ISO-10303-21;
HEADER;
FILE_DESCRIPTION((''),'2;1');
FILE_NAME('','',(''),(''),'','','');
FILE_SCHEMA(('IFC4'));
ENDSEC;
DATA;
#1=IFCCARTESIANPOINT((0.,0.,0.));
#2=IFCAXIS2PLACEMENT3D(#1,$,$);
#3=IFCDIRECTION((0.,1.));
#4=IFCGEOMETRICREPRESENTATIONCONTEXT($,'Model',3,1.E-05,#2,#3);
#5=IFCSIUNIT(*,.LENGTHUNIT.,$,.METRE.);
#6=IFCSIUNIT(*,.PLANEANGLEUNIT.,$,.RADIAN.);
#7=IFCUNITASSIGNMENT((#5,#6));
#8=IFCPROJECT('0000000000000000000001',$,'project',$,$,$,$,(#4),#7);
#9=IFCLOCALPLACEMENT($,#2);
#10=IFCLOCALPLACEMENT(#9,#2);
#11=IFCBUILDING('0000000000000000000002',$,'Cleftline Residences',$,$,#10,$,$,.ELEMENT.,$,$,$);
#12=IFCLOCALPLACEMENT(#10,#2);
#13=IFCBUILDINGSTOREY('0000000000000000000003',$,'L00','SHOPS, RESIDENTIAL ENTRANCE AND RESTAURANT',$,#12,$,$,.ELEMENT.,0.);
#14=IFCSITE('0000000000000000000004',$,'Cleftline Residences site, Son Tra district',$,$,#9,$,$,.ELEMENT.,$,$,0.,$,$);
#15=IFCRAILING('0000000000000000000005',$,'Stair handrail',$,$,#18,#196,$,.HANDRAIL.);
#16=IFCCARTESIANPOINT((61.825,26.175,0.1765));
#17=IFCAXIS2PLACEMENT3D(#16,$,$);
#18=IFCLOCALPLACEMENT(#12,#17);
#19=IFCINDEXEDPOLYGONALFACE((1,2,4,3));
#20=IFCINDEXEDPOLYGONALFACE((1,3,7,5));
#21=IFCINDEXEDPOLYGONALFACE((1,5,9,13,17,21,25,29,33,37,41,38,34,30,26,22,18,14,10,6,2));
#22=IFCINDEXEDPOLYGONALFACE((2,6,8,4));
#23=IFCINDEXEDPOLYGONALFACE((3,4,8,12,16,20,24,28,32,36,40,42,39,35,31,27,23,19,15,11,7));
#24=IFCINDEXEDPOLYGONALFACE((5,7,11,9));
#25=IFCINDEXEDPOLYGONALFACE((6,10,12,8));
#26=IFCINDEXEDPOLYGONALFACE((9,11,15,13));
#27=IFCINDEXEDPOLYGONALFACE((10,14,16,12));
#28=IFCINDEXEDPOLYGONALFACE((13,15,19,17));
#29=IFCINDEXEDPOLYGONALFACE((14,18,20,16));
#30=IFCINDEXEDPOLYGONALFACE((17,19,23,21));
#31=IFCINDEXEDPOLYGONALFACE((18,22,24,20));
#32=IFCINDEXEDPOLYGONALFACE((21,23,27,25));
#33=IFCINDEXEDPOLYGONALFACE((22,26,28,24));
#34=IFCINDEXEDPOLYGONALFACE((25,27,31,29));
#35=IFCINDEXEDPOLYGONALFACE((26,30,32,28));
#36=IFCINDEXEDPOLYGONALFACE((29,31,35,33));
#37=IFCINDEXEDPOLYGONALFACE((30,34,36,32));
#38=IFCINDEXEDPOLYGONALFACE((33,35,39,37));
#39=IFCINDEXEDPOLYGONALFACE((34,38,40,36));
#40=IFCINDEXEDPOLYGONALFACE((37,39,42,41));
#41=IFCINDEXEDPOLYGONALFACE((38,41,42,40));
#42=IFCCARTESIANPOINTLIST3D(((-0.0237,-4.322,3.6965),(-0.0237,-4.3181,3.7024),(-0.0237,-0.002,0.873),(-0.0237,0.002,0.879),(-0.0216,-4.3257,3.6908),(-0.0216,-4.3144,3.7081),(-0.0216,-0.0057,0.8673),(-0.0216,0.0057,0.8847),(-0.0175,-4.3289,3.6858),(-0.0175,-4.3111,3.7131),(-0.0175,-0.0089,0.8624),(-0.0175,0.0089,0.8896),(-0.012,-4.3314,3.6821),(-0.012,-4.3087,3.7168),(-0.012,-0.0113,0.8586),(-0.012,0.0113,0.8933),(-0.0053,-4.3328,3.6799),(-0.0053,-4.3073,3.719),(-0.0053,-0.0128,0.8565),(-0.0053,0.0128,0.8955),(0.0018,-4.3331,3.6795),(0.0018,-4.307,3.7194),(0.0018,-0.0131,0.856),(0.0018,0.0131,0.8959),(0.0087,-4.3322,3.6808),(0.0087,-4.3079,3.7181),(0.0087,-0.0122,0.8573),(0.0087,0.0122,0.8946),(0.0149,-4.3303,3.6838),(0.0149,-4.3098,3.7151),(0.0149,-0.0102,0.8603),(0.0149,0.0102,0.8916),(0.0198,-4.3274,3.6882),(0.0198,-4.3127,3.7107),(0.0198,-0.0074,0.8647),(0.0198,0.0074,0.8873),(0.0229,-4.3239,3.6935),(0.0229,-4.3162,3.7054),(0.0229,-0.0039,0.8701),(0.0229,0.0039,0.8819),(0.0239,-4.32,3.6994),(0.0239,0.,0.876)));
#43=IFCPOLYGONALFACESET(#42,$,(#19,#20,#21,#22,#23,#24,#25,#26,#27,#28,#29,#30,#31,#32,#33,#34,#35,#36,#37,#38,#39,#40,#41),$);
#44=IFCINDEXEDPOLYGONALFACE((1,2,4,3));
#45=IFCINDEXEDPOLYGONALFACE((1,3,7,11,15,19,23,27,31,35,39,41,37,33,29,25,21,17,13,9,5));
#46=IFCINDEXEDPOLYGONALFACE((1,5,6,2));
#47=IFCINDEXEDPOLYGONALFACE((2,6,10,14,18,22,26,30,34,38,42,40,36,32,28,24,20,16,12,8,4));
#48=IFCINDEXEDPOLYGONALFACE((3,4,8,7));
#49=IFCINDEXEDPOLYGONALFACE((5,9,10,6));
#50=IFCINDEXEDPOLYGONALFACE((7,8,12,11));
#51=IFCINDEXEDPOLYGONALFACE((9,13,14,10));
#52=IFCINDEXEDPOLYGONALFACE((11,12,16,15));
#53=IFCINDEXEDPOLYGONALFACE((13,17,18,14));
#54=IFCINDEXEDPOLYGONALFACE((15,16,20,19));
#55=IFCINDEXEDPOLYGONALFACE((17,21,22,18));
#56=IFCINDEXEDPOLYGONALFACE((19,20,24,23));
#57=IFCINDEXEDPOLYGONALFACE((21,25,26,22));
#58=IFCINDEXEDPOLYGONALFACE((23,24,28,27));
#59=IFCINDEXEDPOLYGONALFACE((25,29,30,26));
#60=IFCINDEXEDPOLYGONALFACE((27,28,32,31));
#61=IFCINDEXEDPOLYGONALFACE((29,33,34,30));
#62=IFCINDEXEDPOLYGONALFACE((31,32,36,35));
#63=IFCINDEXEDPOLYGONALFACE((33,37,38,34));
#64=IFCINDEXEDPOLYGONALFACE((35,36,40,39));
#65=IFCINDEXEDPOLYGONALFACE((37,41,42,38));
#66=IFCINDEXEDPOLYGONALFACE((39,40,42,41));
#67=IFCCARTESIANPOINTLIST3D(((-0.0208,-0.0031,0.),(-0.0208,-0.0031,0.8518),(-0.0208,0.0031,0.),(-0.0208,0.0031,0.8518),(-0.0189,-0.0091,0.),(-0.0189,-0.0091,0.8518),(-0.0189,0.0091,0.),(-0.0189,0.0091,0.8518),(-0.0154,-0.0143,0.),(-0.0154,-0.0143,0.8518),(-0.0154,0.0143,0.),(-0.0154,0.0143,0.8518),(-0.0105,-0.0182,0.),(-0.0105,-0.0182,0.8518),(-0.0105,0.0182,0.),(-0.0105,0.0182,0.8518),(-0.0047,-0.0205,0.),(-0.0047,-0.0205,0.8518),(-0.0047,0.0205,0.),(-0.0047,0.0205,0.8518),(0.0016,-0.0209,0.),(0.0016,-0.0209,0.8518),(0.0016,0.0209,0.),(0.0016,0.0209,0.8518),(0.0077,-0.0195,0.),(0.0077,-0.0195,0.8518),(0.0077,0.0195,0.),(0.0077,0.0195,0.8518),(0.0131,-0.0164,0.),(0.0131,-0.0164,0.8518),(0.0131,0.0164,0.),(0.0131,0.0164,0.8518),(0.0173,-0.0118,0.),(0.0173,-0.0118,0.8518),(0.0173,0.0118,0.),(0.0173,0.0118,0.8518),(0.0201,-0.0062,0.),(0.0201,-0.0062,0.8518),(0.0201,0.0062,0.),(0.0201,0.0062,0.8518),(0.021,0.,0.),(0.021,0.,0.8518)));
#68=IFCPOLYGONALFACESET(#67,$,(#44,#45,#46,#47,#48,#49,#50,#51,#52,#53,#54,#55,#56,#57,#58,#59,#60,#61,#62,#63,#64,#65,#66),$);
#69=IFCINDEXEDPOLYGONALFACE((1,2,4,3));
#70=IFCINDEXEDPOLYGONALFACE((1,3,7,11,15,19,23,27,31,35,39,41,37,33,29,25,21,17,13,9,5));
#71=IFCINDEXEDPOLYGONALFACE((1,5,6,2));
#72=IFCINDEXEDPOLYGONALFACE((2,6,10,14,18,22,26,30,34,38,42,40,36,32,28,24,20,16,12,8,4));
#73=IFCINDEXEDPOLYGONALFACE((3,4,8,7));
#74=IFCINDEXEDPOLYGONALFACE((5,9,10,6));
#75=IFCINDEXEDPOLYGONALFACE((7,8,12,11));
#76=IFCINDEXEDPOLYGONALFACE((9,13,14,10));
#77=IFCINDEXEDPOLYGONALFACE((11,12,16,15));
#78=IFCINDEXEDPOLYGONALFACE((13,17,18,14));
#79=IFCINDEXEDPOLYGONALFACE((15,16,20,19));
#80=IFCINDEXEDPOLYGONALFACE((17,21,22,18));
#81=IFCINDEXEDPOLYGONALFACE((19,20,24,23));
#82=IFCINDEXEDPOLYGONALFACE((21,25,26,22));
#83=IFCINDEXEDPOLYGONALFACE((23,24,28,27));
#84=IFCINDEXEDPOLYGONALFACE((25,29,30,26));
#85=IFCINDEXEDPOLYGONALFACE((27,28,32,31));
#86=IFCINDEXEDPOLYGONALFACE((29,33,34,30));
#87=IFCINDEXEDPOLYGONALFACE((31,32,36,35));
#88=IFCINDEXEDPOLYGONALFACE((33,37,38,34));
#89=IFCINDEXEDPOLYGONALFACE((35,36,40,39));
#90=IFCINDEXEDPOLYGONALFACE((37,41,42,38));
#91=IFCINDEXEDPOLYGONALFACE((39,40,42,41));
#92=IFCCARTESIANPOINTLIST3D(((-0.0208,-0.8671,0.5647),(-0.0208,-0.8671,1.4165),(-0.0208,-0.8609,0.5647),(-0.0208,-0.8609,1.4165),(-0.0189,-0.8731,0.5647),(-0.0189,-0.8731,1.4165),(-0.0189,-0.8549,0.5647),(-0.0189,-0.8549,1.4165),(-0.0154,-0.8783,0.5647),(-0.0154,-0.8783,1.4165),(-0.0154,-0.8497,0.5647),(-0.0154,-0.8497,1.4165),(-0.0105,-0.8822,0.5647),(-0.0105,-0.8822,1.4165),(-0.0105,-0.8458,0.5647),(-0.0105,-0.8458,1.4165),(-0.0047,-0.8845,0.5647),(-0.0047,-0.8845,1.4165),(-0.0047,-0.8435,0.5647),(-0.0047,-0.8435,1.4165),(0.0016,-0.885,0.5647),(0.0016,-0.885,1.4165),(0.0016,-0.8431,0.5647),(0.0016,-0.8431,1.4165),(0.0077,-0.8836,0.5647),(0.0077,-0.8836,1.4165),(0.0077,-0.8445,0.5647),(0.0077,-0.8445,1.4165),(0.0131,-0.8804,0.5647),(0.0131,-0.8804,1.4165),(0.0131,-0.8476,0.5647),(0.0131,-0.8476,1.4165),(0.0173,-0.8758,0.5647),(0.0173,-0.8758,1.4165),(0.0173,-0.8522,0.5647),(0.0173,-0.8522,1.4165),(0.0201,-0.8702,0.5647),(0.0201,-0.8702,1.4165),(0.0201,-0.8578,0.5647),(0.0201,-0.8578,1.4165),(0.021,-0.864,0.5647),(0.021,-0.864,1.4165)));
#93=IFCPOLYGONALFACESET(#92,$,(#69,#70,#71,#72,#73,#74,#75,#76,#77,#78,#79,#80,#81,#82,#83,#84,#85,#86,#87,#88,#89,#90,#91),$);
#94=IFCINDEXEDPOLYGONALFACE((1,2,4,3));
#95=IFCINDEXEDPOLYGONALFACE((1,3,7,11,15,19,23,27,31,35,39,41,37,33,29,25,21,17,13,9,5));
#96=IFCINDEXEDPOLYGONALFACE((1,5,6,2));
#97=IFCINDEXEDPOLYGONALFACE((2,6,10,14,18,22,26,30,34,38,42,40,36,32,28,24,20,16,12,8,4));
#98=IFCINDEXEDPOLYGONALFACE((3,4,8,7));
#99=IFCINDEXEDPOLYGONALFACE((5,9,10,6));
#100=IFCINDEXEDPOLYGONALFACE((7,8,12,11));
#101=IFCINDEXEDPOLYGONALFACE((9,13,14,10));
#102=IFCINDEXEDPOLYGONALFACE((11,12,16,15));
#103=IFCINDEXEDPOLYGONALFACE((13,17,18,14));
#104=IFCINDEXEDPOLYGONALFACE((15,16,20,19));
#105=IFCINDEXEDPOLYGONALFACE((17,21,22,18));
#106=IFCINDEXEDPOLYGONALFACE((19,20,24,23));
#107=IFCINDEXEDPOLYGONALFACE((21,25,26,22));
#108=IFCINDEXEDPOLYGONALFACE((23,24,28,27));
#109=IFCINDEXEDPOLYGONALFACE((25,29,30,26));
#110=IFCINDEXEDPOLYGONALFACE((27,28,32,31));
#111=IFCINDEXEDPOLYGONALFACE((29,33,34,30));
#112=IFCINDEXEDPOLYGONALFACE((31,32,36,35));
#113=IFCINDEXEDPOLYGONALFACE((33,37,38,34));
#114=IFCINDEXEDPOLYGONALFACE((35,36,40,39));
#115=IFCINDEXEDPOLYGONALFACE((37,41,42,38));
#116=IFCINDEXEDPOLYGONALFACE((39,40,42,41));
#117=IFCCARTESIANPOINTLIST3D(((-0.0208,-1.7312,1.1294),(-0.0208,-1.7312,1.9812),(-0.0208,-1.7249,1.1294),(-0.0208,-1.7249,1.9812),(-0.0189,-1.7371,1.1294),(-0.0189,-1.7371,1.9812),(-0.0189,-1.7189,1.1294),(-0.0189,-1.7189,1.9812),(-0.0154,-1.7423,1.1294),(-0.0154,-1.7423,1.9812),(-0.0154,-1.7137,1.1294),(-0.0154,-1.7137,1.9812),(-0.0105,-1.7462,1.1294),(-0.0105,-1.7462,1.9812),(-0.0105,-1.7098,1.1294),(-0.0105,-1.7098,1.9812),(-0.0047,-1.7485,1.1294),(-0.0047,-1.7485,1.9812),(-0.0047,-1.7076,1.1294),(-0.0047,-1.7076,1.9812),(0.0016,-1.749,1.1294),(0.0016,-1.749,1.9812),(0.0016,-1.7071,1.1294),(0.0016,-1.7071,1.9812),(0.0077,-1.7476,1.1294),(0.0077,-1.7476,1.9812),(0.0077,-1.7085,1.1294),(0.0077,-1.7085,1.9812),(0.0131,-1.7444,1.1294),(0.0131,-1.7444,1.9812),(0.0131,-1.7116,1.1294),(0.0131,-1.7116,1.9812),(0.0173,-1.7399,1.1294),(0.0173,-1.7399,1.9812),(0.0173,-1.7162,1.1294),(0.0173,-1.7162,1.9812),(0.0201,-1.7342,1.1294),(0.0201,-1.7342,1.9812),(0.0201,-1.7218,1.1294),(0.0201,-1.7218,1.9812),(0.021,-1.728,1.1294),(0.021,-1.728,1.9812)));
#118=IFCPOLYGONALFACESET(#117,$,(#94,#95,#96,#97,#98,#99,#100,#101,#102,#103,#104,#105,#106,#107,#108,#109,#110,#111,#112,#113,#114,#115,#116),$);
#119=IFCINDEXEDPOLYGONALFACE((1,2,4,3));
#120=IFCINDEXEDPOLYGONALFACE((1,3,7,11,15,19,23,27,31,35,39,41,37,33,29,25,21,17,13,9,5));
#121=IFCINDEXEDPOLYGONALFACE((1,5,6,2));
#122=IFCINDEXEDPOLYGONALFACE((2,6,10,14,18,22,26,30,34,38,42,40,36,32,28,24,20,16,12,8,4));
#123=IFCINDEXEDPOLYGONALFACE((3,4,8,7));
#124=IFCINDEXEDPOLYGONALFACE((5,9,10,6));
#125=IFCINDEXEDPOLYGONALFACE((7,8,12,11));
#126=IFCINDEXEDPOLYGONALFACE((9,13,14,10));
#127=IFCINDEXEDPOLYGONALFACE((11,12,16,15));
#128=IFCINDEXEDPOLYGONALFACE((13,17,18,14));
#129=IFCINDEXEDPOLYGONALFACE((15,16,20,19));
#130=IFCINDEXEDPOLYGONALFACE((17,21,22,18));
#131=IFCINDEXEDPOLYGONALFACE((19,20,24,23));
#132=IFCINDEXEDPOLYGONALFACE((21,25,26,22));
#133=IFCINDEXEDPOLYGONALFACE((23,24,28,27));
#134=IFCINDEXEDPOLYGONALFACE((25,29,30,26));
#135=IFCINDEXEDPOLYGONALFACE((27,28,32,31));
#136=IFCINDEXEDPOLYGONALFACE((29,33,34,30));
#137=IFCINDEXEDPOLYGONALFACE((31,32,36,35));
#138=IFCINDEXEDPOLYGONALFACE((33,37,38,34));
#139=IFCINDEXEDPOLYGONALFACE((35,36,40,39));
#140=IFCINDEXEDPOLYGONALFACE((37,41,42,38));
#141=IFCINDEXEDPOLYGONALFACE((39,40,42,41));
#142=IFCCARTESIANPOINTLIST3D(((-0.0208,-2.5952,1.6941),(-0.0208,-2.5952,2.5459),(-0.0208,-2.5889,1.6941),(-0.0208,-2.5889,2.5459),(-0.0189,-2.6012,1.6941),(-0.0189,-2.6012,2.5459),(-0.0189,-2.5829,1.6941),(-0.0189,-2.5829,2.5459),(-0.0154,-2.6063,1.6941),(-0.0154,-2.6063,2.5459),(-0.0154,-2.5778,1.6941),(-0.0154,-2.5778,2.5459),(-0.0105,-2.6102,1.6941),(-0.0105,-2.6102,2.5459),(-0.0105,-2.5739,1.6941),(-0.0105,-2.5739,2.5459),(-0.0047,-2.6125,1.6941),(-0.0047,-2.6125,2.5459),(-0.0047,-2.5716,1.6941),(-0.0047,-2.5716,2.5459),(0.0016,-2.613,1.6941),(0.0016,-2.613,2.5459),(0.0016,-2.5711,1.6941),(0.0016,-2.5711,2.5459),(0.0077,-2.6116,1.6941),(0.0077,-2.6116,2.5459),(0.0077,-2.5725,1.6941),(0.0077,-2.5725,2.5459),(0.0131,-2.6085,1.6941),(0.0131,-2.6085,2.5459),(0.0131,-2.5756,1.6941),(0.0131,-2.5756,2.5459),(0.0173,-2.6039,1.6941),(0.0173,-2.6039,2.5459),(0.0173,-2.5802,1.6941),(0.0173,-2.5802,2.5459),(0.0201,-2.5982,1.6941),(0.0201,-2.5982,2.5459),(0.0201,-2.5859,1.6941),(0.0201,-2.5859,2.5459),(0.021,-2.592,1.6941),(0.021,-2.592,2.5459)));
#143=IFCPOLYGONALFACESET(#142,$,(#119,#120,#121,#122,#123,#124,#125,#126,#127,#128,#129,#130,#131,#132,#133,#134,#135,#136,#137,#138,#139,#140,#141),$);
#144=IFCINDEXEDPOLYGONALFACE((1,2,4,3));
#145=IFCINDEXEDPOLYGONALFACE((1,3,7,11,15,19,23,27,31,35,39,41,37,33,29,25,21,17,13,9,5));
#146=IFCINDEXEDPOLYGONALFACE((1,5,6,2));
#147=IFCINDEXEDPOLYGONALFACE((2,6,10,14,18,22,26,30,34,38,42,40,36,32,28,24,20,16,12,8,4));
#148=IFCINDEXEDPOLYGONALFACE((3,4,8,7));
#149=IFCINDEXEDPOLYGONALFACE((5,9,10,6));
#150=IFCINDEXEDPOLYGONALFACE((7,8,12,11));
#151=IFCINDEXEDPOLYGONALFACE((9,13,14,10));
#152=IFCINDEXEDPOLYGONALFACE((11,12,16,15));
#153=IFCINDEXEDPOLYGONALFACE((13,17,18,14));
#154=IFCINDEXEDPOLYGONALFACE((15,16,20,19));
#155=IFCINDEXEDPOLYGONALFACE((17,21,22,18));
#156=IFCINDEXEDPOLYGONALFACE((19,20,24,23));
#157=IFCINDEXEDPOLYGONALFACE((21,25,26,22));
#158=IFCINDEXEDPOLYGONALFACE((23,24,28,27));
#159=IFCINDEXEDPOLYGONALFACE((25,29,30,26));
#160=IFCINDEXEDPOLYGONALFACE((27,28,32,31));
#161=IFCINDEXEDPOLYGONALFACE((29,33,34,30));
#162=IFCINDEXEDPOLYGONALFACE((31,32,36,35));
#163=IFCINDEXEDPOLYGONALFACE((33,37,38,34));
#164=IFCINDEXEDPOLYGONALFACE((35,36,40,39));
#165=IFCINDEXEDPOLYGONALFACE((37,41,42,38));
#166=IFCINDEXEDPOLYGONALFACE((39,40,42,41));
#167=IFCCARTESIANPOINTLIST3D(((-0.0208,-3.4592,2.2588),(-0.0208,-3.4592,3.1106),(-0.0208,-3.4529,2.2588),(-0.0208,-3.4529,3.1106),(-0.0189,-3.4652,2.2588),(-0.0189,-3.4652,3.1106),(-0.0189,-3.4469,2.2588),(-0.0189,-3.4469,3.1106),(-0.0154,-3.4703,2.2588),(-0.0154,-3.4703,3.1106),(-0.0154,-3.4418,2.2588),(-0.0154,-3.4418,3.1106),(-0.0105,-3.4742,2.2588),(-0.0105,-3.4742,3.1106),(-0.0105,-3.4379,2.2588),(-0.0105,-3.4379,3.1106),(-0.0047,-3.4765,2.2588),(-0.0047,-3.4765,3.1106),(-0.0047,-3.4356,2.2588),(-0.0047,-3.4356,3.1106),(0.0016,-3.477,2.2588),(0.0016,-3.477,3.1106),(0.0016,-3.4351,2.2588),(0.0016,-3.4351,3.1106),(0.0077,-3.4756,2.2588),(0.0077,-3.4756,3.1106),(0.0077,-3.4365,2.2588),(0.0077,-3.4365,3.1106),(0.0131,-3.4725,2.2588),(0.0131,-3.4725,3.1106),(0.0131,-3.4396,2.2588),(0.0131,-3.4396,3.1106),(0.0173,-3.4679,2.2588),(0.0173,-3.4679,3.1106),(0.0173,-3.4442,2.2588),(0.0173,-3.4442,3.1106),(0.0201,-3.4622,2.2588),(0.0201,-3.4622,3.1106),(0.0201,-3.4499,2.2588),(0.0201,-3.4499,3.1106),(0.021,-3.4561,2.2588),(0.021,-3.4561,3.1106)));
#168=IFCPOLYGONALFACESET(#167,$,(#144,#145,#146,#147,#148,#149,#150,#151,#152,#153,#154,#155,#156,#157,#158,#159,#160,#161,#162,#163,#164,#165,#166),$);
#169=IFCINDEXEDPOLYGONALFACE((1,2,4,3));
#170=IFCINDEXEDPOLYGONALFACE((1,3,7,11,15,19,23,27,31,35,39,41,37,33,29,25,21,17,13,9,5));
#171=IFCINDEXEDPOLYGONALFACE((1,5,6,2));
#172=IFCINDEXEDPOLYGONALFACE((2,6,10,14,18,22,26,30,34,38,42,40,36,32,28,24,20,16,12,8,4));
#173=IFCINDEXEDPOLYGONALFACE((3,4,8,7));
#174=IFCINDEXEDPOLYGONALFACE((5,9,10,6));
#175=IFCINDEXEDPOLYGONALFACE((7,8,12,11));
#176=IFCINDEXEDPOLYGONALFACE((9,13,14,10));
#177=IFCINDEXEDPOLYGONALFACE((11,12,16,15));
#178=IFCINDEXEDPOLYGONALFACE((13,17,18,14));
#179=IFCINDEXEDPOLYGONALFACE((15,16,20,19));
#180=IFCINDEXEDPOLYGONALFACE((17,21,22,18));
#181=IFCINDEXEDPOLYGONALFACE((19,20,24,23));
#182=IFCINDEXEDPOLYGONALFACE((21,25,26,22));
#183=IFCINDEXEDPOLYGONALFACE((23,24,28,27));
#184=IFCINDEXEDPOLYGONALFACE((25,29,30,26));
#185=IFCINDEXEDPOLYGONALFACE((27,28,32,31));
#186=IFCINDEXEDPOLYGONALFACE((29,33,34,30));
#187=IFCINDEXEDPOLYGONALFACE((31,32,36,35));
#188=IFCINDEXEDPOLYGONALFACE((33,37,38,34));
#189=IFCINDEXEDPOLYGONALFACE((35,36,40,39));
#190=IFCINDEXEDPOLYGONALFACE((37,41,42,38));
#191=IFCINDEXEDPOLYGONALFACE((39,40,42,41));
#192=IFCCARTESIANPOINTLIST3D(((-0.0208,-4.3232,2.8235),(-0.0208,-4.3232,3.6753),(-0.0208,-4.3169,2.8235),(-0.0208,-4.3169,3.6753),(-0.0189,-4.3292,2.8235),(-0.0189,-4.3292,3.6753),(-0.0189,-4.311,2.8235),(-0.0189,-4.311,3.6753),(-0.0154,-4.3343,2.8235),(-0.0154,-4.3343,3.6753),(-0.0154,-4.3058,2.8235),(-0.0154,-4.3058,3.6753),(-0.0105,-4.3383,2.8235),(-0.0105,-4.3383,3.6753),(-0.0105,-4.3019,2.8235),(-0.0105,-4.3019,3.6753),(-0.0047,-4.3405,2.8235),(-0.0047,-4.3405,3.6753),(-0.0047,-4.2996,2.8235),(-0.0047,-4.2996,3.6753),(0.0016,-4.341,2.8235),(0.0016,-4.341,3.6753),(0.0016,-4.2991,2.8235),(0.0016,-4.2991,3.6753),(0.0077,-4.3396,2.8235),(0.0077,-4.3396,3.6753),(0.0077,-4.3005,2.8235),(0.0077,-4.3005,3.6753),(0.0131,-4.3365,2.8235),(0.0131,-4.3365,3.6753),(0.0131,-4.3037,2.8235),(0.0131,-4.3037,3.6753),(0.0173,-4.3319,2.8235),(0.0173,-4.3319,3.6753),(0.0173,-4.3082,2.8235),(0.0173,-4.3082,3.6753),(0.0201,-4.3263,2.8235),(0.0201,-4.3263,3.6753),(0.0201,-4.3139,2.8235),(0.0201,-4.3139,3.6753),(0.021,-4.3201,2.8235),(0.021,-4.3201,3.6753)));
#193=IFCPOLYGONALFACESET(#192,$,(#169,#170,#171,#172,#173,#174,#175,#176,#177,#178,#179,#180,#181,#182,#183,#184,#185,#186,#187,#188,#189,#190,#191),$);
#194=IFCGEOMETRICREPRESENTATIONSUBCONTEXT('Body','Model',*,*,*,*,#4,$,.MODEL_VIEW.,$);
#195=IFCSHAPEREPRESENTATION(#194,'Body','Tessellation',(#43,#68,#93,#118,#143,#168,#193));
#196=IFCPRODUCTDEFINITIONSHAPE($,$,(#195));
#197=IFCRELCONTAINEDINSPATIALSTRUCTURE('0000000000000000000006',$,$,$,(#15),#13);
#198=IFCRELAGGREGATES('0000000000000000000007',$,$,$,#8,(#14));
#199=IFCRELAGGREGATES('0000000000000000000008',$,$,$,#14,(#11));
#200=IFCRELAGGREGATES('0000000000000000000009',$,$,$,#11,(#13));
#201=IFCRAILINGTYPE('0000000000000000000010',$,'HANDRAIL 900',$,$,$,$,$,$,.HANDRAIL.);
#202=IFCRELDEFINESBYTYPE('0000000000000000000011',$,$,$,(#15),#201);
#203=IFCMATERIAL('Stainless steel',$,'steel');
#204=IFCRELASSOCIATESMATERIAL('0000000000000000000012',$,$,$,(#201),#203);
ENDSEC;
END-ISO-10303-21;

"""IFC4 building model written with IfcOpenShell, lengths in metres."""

from ifc_helpers import new_model, si_unit, direction, frame, origin, origin_2d, place, context, subcontext, project, spatial, circle, extrude, material, type_object, element, save


model = new_model("IFC4")

# Units and contexts
model_context = context("Model", 3, precision=1e-05, world=origin(), true_north=direction((0.0, 1.0)))
body_context = subcontext(model_context, "Body", "Model", "MODEL_VIEW")
ifc_project = project(units=[si_unit("LENGTHUNIT", "METRE"), si_unit("PLANEANGLEUNIT", "RADIAN")], contexts=[model_context])

# Site, building, storey
site_placement = place(None, origin())
site = spatial("IfcSite", under=ifc_project, at=site_placement, Name="Cleftline Residences site, Son Tra district", CompositionType="ELEMENT", RefElevation=0.0)
building_placement = place(site_placement, origin())
building = spatial("IfcBuilding", under=site, at=building_placement, Name="Cleftline Residences", CompositionType="ELEMENT")
storey_placement = place(building_placement, origin())
storey = spatial("IfcBuildingStorey", under=building, at=storey_placement, Name="L00", Description="SHOPS, RESIDENTIAL ENTRANCE AND RESTAURANT", CompositionType="ELEMENT", Elevation=0.0)

# Railing
ifc_material_1 = material(Name="Stainless steel", Category="steel")
railing_type = type_object("IfcRailingType", Name="HANDRAIL 900", PredefinedType="HANDRAIL", material=ifc_material_1)
railing_1_placement = place(storey_placement, frame((61.825, 26.175, 0.1765)))
element("IfcRailing", 1, at=railing_1_placement, inside=storey, type_object=railing_type, Name="Stair handrail", PredefinedType="HANDRAIL", context=body_context, shape_type="SweptSolid", body=[
    extrude(circle(Radius=0.0239, at=origin_2d()), frame((0.0, 0.0, 0.876), z_axis=(0.0, -0.837074, 0.54709), x_axis=(1.0, 0.0, 0.0)), (0.0, 0.0, 1.0), 5.1609),
    extrude(circle(Radius=0.021, at=origin_2d()), origin(), (0.0, 0.0, 1.0), 0.8518),
    extrude(circle(Radius=0.021, at=origin_2d()), frame((0.0, -0.864, 0.5647)), (0.0, 0.0, 1.0), 0.8518),
    extrude(circle(Radius=0.021, at=origin_2d()), frame((0.0, -1.728, 1.1294)), (0.0, 0.0, 1.0), 0.8518),
    extrude(circle(Radius=0.021, at=origin_2d()), frame((0.0, -2.592, 1.6941)), (0.0, 0.0, 1.0), 0.8518),
    extrude(circle(Radius=0.021, at=origin_2d()), frame((0.0, -3.4561, 2.2588)), (0.0, 0.0, 1.0), 0.8518),
    extrude(circle(Radius=0.021, at=origin_2d()), frame((0.0, -4.3201, 2.8235)), (0.0, 0.0, 1.0), 0.8518),
])

save(model, "model.ifc")
